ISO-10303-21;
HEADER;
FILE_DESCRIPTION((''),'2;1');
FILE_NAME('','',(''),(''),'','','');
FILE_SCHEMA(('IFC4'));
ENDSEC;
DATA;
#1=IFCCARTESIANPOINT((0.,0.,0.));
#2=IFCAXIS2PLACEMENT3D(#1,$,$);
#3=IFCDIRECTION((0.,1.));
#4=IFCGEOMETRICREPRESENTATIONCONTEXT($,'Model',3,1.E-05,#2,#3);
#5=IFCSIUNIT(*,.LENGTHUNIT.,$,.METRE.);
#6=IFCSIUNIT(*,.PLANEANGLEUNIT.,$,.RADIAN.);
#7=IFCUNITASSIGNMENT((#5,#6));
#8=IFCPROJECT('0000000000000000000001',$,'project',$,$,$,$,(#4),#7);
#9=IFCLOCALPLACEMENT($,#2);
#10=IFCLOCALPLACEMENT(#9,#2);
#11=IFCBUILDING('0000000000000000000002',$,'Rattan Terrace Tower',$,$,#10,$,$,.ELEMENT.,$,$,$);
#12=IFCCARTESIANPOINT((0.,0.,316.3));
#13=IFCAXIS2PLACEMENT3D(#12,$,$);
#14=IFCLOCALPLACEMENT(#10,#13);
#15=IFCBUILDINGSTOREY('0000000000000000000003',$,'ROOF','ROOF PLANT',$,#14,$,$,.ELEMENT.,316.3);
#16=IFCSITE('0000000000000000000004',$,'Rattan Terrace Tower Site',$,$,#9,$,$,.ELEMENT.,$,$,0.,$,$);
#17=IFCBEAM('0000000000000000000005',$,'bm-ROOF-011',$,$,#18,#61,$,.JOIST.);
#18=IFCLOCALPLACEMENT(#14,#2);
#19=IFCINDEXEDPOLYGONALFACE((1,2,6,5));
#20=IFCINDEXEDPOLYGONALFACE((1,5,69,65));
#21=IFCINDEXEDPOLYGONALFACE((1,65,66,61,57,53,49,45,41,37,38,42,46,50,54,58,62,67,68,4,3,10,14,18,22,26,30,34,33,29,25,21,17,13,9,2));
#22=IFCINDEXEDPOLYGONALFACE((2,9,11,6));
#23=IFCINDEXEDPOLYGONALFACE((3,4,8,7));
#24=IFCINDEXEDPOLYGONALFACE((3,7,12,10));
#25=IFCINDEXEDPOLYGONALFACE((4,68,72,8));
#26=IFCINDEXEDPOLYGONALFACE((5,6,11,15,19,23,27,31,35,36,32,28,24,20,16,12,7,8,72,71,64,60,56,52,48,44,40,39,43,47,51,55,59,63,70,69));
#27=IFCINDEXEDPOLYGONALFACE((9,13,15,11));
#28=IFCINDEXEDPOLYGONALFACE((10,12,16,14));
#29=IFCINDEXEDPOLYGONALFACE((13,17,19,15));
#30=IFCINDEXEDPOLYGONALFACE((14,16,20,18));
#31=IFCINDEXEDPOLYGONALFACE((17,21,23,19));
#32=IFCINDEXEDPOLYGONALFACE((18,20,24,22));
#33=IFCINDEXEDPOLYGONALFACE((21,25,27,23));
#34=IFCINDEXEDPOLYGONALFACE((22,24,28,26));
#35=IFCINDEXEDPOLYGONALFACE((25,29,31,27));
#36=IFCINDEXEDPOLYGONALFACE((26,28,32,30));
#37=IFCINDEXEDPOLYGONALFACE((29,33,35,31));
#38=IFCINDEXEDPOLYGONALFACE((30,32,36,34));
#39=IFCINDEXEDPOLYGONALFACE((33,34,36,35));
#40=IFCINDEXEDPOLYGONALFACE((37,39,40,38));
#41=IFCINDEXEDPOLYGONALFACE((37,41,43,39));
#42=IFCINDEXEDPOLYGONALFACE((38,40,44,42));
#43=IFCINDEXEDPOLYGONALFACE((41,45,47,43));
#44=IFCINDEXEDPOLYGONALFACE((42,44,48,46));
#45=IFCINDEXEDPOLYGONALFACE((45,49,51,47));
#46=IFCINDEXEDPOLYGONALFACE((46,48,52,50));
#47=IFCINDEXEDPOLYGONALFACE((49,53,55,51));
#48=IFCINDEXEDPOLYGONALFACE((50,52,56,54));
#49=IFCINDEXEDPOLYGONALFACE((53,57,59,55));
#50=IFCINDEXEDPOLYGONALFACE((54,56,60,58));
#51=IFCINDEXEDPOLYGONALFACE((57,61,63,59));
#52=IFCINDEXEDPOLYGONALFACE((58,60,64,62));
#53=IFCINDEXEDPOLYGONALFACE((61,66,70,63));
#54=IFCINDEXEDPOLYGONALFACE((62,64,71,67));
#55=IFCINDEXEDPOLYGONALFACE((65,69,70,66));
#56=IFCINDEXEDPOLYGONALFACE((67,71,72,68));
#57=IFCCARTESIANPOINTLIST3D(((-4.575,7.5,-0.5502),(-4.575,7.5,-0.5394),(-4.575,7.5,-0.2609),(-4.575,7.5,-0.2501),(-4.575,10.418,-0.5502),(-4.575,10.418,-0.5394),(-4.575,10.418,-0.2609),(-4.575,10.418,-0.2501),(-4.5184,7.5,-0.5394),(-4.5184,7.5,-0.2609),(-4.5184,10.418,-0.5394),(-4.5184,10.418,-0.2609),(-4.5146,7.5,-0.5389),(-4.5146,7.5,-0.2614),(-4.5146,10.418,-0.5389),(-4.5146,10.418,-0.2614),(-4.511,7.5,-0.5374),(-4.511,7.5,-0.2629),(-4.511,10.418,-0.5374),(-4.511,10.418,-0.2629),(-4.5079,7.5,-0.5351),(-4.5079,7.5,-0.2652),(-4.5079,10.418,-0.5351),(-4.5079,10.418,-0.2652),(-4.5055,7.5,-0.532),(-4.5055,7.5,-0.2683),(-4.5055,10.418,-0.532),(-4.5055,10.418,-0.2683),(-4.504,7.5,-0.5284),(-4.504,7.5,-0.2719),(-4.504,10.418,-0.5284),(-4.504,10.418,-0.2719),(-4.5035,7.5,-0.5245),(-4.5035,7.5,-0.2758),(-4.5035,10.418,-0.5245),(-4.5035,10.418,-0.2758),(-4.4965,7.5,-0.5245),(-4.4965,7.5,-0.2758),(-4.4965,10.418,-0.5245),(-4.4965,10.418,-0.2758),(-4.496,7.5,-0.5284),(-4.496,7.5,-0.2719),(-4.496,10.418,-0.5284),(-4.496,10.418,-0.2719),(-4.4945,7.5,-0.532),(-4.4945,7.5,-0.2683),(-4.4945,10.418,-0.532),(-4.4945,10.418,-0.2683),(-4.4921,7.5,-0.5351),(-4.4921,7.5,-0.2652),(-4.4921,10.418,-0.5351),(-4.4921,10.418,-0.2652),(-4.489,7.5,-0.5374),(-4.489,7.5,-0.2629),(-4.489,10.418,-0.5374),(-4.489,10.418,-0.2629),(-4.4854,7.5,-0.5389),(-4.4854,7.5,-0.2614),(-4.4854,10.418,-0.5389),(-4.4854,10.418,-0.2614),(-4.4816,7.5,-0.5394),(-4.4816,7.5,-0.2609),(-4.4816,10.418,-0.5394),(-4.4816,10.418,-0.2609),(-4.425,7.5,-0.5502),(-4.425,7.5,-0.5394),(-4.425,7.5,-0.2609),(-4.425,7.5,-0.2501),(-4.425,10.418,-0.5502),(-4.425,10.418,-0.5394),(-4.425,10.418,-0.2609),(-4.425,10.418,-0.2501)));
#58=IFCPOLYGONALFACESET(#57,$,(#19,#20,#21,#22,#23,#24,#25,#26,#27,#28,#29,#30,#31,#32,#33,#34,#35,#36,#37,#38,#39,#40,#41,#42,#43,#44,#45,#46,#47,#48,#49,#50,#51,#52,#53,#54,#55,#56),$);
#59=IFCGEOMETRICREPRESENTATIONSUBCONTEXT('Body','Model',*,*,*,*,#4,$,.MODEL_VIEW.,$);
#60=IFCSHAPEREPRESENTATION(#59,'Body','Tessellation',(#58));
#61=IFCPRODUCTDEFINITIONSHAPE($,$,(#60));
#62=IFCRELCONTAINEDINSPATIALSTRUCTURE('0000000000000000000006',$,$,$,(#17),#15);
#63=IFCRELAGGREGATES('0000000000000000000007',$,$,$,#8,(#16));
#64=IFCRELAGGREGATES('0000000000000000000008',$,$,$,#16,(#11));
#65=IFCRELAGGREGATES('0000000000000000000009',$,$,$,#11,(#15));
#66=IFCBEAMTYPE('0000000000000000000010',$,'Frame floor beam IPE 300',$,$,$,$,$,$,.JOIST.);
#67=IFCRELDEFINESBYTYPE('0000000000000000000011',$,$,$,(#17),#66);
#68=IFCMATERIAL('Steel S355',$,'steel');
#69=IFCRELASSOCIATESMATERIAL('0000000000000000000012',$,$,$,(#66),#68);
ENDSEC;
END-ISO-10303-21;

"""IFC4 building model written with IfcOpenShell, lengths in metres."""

from ifc_helpers import new_model, si_unit, direction, frame, origin, origin_2d, place, context, subcontext, project, spatial, i_section, extrude, material, material_profile, profile_set, type_object, element, save


model = new_model("IFC4")

# Units and contexts
model_context = context("Model", 3, precision=1e-05, world=origin(), true_north=direction((0.0, 1.0)))
body_context = subcontext(model_context, "Body", "Model", "MODEL_VIEW")
ifc_project = project(units=[si_unit("LENGTHUNIT", "METRE"), si_unit("PLANEANGLEUNIT", "RADIAN")], contexts=[model_context])

# Site, building, storey
site_placement = place(None, origin())
site = spatial("IfcSite", under=ifc_project, at=site_placement, Name="Rattan Terrace Tower Site", CompositionType="ELEMENT", RefElevation=0.0)
building_placement = place(site_placement, origin())
building = spatial("IfcBuilding", under=site, at=building_placement, Name="Rattan Terrace Tower", CompositionType="ELEMENT")
storey_placement = place(building_placement, frame((0.0, 0.0, 316.3)))
storey = spatial("IfcBuildingStorey", under=building, at=storey_placement, Name="ROOF", Description="ROOF PLANT", CompositionType="ELEMENT", Elevation=316.3)

# Beam
ifc_material_1 = material(Name="Steel S355", Category="steel")
ifc_material_profile_1 = material_profile(ifc_material_1, i_section(OverallWidth=0.1499, OverallDepth=0.3, WebThickness=0.0071, FlangeThickness=0.0107, FilletRadius=0.0149, at=origin_2d()), Name="IPE 300")
ifc_profile_set_1 = profile_set([ifc_material_profile_1], Name="Steel S355")
beam_type_1 = type_object("IfcBeamType", Name="Frame floor beam IPE 300", PredefinedType="JOIST", material=ifc_profile_set_1)
beam_1_placement = place(storey_placement, frame((-4.5, 7.5, -0.4001), z_axis=(0.0, 1.0, 0.0), x_axis=(-1.0, 0.0, 0.0)))
element("IfcBeam", 1, at=beam_1_placement, inside=storey, type_object=beam_type_1, Name="bm-ROOF-011", PredefinedType="JOIST", context=body_context, shape_type="SweptSolid", body=[
    extrude(i_section(OverallWidth=0.1499, OverallDepth=0.3, WebThickness=0.0071, FlangeThickness=0.0107, FilletRadius=0.0149, at=origin_2d()), origin(), (0.0, 0.0, 1.0), 2.918),
])

save(model, "model.ifc")
